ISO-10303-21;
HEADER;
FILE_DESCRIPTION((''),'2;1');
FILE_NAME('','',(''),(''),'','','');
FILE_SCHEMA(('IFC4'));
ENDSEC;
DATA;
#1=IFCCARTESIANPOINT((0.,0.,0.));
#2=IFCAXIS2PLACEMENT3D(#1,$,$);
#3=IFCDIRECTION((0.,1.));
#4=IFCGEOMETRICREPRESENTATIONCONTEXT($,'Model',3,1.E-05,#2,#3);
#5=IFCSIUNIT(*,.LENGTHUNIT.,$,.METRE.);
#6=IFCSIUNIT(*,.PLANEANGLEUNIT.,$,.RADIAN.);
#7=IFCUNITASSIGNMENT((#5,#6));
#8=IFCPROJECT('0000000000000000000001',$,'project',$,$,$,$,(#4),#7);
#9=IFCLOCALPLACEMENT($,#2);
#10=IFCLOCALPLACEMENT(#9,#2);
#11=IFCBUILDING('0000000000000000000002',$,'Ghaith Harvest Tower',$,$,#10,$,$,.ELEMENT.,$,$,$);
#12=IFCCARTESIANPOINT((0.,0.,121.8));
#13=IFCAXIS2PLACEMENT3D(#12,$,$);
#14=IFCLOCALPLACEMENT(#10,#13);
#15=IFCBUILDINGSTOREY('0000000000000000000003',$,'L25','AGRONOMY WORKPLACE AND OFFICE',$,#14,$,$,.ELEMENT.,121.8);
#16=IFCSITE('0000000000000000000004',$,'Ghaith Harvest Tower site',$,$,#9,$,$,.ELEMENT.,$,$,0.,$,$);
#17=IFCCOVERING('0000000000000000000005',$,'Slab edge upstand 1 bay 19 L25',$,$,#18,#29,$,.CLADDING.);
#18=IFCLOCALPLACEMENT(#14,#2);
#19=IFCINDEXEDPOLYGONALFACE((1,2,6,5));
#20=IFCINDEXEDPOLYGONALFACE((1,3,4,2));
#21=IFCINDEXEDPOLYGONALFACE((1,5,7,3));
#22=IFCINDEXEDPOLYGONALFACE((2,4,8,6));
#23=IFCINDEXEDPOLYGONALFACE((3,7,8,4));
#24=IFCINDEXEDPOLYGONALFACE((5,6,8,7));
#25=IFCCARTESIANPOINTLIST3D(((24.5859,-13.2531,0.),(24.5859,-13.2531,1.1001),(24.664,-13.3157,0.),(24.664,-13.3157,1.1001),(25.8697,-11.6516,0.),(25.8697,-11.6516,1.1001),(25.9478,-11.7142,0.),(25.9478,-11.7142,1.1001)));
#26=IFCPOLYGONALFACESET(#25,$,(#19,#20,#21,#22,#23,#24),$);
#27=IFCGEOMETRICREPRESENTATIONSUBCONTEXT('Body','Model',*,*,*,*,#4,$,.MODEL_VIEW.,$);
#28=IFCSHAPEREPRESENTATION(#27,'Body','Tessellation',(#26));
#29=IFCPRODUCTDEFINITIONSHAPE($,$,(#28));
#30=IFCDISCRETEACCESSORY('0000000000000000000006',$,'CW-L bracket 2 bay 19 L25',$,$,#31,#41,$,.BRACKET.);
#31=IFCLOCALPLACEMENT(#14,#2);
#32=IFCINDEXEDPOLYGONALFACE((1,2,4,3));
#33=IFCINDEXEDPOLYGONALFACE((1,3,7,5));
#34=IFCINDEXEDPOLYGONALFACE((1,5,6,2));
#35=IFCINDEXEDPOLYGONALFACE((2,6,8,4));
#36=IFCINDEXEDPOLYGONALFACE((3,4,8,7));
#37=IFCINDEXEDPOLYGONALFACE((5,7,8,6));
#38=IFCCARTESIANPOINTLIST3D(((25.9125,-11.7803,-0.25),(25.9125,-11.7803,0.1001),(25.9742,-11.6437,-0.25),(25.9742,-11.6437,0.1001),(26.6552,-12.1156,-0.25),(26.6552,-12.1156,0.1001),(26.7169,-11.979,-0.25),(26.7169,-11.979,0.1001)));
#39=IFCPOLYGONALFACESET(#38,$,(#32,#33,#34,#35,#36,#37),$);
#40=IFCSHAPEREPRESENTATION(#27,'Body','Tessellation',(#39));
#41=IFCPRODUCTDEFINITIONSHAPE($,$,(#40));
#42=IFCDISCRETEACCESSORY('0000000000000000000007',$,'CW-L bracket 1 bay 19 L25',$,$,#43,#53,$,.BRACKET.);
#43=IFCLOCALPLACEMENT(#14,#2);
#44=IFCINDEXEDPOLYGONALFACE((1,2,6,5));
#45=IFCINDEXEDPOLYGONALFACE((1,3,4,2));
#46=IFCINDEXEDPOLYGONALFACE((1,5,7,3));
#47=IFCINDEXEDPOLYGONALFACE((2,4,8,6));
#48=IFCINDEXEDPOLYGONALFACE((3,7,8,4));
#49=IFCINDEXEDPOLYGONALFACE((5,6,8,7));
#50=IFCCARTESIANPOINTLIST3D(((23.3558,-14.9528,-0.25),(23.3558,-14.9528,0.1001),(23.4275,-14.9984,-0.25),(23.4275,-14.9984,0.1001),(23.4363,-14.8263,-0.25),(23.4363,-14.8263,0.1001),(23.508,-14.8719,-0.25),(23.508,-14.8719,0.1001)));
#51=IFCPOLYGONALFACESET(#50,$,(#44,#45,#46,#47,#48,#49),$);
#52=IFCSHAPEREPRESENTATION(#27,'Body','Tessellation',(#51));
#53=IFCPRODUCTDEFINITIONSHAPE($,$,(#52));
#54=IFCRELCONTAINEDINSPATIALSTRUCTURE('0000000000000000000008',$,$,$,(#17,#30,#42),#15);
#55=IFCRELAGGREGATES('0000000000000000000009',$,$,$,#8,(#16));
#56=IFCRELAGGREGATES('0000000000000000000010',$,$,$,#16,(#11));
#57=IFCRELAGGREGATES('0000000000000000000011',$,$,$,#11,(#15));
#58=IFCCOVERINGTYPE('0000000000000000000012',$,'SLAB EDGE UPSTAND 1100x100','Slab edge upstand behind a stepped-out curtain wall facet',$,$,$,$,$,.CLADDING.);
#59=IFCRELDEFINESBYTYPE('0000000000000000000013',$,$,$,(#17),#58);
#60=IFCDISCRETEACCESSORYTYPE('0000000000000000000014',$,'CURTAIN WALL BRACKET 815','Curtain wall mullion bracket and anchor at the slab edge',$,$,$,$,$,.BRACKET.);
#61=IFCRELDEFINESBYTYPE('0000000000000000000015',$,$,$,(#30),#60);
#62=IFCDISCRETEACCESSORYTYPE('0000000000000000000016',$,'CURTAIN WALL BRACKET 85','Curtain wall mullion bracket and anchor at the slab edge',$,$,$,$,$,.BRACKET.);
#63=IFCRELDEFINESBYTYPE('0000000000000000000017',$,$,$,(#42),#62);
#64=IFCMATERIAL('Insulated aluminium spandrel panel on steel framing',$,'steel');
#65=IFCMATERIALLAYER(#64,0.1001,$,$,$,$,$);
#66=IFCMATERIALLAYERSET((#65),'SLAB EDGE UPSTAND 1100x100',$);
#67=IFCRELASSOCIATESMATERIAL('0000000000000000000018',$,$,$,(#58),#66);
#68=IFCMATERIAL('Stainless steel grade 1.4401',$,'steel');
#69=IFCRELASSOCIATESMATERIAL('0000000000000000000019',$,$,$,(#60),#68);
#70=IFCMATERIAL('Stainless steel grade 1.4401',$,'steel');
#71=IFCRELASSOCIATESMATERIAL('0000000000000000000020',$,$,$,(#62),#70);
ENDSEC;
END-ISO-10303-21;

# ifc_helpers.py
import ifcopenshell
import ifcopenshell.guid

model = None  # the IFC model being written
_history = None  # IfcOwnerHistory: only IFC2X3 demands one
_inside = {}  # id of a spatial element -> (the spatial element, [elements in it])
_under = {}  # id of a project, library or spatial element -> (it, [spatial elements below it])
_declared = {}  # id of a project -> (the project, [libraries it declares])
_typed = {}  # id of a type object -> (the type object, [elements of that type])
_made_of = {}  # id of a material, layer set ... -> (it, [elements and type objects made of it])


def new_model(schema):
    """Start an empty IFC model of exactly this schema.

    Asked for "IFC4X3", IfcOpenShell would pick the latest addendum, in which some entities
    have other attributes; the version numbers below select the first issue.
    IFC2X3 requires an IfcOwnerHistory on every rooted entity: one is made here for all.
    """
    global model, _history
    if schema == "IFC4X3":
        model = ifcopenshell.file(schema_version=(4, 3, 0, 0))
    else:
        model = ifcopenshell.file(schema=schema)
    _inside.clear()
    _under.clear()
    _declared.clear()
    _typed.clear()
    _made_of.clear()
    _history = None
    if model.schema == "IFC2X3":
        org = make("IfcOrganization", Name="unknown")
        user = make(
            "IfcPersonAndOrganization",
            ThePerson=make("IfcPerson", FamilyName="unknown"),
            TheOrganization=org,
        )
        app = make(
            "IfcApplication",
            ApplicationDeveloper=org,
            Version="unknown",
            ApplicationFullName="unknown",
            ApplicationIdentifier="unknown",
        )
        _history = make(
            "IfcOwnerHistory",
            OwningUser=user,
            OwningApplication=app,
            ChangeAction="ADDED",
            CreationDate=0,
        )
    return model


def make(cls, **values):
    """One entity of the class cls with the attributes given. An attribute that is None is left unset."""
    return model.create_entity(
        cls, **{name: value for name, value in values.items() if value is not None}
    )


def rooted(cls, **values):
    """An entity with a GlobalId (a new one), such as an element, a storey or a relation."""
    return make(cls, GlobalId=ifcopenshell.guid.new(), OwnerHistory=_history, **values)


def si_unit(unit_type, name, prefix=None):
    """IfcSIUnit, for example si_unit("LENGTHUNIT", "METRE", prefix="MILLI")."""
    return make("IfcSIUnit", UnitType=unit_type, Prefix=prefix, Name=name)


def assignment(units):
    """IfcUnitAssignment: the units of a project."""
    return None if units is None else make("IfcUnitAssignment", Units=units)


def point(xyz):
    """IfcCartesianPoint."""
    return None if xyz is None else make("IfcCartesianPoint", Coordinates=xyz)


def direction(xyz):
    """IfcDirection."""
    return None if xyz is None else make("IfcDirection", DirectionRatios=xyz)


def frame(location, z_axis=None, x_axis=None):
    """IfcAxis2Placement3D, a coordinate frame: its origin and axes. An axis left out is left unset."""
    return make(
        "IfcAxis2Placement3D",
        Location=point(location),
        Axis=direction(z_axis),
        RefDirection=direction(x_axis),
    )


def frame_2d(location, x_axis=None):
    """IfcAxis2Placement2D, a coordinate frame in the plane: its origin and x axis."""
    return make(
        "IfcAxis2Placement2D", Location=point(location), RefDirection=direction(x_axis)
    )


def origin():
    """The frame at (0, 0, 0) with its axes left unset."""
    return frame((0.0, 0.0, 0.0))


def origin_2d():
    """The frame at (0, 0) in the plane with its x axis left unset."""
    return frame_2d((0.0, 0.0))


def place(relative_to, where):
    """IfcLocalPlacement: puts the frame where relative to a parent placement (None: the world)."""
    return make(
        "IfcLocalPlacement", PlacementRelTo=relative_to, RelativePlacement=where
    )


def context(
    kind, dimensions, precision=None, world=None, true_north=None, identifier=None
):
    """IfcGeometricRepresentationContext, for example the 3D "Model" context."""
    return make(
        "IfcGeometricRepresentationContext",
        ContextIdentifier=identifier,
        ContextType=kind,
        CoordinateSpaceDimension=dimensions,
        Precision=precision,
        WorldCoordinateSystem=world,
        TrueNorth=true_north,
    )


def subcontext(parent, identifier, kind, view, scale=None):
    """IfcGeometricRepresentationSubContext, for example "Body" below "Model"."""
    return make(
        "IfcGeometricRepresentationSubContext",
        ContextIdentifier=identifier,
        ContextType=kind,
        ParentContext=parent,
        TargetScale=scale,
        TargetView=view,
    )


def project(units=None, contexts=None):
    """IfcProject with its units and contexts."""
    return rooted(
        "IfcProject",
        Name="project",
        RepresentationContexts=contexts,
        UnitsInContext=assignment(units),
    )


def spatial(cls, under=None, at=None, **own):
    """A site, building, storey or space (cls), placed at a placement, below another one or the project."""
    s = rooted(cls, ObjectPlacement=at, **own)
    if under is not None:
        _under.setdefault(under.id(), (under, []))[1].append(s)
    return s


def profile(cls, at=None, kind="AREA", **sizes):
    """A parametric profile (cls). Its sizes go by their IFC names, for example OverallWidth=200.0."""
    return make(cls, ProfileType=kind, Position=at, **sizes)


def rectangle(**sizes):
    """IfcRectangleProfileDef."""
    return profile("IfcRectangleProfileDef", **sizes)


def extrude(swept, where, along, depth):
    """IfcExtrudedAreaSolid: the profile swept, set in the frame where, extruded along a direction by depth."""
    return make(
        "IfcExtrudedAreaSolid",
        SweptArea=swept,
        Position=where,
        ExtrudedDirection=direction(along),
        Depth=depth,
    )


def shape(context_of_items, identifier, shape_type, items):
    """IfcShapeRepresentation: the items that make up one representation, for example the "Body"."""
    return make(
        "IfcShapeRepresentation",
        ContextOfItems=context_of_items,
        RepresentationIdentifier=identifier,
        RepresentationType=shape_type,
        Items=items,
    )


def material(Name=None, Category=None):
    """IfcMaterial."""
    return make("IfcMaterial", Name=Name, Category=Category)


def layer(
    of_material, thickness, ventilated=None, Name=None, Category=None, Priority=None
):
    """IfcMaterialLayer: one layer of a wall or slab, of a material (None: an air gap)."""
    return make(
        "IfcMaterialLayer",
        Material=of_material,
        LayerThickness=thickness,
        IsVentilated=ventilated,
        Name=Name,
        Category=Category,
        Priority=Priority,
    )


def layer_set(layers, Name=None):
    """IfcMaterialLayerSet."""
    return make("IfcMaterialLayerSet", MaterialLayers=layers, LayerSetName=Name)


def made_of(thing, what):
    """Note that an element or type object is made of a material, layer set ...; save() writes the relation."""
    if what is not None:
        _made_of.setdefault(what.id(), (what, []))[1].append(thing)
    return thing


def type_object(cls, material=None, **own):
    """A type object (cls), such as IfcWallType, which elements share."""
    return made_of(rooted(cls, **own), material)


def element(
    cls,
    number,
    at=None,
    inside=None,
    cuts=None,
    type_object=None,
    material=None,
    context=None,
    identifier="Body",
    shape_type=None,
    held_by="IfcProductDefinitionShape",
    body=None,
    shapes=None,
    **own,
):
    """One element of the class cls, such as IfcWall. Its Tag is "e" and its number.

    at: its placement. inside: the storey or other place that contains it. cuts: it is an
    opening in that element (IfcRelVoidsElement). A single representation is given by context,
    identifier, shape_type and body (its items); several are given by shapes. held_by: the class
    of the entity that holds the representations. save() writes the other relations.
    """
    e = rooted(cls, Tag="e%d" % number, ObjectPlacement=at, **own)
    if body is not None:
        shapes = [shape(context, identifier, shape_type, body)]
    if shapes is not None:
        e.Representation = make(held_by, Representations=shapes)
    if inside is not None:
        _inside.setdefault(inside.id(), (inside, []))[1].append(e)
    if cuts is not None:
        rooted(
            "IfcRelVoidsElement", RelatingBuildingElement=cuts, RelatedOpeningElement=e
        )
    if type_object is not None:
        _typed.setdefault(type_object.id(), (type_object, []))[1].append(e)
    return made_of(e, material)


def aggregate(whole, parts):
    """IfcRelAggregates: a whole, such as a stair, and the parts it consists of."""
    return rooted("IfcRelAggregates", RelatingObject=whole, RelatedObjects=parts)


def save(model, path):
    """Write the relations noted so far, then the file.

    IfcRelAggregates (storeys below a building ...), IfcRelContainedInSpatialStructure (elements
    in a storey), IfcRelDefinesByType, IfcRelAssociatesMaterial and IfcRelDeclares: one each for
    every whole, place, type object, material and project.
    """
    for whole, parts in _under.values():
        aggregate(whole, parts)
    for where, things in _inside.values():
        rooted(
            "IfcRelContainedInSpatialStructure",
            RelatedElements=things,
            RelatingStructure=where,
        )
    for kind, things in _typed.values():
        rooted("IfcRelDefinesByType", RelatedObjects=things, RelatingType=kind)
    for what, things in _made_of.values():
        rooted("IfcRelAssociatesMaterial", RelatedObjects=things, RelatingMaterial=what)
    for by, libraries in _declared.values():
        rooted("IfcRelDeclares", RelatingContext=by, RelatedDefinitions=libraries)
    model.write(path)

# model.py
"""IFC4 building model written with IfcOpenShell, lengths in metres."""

from ifc_helpers import new_model, si_unit, direction, frame, origin, origin_2d, place, context, subcontext, project, spatial, rectangle, extrude, material, layer, layer_set, type_object, element, save


model = new_model("IFC4")

# Units and contexts
model_context = context("Model", 3, precision=1e-05, world=origin(), true_north=direction((0.0, 1.0)))
body_context = subcontext(model_context, "Body", "Model", "MODEL_VIEW")
ifc_project = project(units=[si_unit("LENGTHUNIT", "METRE"), si_unit("PLANEANGLEUNIT", "RADIAN")], contexts=[model_context])

# Site, building, storey
site_placement = place(None, origin())
site = spatial("IfcSite", under=ifc_project, at=site_placement, Name="Ghaith Harvest Tower site", CompositionType="ELEMENT", RefElevation=0.0)
building_placement = place(site_placement, origin())
building = spatial("IfcBuilding", under=site, at=building_placement, Name="Ghaith Harvest Tower", CompositionType="ELEMENT")
storey_placement = place(building_placement, frame((0.0, 0.0, 121.8)))
storey = spatial("IfcBuildingStorey", under=building, at=storey_placement, Name="L25", Description="AGRONOMY WORKPLACE AND OFFICE", CompositionType="ELEMENT", Elevation=121.8)

# Covering
ifc_material_1 = material(Name="Insulated aluminium spandrel panel on steel framing", Category="steel")
ifc_layer_1 = layer(ifc_material_1, 0.1001)
ifc_layer_set_1 = layer_set([ifc_layer_1], Name="SLAB EDGE UPSTAND 1100x100")
covering_type = type_object("IfcCoveringType", Name="SLAB EDGE UPSTAND 1100x100", Description="Slab edge upstand behind a stepped-out curtain wall facet", PredefinedType="CLADDING", material=ifc_layer_set_1)
covering_1_placement = place(storey_placement, frame((25.2668, -12.4836, 0.0), z_axis=(0.0, 0.0, 1.0), x_axis=(0.625468, 0.78025, 0.0)))
element("IfcCovering", 1, at=covering_1_placement, inside=storey, type_object=covering_type, Name="Slab edge upstand 1 bay 19 L25", PredefinedType="CLADDING", context=body_context, shape_type="SweptSolid", body=[
    extrude(rectangle(XDim=2.0525, YDim=0.1001, at=origin_2d()), origin(), (0.0, 0.0, 1.0), 1.1001),
])

# Discrete accessories
ifc_material_2 = material(Name="Stainless steel grade 1.4401", Category="steel")
discrete_accessory_type_1 = type_object("IfcDiscreteAccessoryType", Name="CURTAIN WALL BRACKET 815", Description="Curtain wall mullion bracket and anchor at the slab edge", PredefinedType="BRACKET", material=ifc_material_2)
discrete_accessory_1_placement = place(storey_placement, frame((26.3147, -11.8796, -0.25), z_axis=(0.0, 0.0, 1.0), x_axis=(0.911427, -0.411462, 0.0)))
element("IfcDiscreteAccessory", 2, at=discrete_accessory_1_placement, inside=storey, type_object=discrete_accessory_type_1, Name="CW-L bracket 2 bay 19 L25", PredefinedType="BRACKET", context=body_context, shape_type="SweptSolid", body=[
    extrude(rectangle(XDim=0.8149, YDim=0.1499, at=origin_2d()), origin(), (0.0, 0.0, 1.0), 0.3501),
])
ifc_material_3 = material(Name="Stainless steel grade 1.4401", Category="steel")
discrete_accessory_type_2 = type_object("IfcDiscreteAccessoryType", Name="CURTAIN WALL BRACKET 85", Description="Curtain wall mullion bracket and anchor at the slab edge", PredefinedType="BRACKET", material=ifc_material_3)
discrete_accessory_2_placement = place(storey_placement, frame((23.4319, -14.9124, -0.25), z_axis=(0.0, 0.0, 1.0), x_axis=(0.843644, -0.536903, 0.0)))
element("IfcDiscreteAccessory", 3, at=discrete_accessory_2_placement, inside=storey, type_object=discrete_accessory_type_2, Name="CW-L bracket 1 bay 19 L25", PredefinedType="BRACKET", context=body_context, shape_type="SweptSolid", body=[
    extrude(rectangle(XDim=0.085, YDim=0.1499, at=origin_2d()), origin(), (0.0, 0.0, 1.0), 0.3501),
])

save(model, "model.ifc")
